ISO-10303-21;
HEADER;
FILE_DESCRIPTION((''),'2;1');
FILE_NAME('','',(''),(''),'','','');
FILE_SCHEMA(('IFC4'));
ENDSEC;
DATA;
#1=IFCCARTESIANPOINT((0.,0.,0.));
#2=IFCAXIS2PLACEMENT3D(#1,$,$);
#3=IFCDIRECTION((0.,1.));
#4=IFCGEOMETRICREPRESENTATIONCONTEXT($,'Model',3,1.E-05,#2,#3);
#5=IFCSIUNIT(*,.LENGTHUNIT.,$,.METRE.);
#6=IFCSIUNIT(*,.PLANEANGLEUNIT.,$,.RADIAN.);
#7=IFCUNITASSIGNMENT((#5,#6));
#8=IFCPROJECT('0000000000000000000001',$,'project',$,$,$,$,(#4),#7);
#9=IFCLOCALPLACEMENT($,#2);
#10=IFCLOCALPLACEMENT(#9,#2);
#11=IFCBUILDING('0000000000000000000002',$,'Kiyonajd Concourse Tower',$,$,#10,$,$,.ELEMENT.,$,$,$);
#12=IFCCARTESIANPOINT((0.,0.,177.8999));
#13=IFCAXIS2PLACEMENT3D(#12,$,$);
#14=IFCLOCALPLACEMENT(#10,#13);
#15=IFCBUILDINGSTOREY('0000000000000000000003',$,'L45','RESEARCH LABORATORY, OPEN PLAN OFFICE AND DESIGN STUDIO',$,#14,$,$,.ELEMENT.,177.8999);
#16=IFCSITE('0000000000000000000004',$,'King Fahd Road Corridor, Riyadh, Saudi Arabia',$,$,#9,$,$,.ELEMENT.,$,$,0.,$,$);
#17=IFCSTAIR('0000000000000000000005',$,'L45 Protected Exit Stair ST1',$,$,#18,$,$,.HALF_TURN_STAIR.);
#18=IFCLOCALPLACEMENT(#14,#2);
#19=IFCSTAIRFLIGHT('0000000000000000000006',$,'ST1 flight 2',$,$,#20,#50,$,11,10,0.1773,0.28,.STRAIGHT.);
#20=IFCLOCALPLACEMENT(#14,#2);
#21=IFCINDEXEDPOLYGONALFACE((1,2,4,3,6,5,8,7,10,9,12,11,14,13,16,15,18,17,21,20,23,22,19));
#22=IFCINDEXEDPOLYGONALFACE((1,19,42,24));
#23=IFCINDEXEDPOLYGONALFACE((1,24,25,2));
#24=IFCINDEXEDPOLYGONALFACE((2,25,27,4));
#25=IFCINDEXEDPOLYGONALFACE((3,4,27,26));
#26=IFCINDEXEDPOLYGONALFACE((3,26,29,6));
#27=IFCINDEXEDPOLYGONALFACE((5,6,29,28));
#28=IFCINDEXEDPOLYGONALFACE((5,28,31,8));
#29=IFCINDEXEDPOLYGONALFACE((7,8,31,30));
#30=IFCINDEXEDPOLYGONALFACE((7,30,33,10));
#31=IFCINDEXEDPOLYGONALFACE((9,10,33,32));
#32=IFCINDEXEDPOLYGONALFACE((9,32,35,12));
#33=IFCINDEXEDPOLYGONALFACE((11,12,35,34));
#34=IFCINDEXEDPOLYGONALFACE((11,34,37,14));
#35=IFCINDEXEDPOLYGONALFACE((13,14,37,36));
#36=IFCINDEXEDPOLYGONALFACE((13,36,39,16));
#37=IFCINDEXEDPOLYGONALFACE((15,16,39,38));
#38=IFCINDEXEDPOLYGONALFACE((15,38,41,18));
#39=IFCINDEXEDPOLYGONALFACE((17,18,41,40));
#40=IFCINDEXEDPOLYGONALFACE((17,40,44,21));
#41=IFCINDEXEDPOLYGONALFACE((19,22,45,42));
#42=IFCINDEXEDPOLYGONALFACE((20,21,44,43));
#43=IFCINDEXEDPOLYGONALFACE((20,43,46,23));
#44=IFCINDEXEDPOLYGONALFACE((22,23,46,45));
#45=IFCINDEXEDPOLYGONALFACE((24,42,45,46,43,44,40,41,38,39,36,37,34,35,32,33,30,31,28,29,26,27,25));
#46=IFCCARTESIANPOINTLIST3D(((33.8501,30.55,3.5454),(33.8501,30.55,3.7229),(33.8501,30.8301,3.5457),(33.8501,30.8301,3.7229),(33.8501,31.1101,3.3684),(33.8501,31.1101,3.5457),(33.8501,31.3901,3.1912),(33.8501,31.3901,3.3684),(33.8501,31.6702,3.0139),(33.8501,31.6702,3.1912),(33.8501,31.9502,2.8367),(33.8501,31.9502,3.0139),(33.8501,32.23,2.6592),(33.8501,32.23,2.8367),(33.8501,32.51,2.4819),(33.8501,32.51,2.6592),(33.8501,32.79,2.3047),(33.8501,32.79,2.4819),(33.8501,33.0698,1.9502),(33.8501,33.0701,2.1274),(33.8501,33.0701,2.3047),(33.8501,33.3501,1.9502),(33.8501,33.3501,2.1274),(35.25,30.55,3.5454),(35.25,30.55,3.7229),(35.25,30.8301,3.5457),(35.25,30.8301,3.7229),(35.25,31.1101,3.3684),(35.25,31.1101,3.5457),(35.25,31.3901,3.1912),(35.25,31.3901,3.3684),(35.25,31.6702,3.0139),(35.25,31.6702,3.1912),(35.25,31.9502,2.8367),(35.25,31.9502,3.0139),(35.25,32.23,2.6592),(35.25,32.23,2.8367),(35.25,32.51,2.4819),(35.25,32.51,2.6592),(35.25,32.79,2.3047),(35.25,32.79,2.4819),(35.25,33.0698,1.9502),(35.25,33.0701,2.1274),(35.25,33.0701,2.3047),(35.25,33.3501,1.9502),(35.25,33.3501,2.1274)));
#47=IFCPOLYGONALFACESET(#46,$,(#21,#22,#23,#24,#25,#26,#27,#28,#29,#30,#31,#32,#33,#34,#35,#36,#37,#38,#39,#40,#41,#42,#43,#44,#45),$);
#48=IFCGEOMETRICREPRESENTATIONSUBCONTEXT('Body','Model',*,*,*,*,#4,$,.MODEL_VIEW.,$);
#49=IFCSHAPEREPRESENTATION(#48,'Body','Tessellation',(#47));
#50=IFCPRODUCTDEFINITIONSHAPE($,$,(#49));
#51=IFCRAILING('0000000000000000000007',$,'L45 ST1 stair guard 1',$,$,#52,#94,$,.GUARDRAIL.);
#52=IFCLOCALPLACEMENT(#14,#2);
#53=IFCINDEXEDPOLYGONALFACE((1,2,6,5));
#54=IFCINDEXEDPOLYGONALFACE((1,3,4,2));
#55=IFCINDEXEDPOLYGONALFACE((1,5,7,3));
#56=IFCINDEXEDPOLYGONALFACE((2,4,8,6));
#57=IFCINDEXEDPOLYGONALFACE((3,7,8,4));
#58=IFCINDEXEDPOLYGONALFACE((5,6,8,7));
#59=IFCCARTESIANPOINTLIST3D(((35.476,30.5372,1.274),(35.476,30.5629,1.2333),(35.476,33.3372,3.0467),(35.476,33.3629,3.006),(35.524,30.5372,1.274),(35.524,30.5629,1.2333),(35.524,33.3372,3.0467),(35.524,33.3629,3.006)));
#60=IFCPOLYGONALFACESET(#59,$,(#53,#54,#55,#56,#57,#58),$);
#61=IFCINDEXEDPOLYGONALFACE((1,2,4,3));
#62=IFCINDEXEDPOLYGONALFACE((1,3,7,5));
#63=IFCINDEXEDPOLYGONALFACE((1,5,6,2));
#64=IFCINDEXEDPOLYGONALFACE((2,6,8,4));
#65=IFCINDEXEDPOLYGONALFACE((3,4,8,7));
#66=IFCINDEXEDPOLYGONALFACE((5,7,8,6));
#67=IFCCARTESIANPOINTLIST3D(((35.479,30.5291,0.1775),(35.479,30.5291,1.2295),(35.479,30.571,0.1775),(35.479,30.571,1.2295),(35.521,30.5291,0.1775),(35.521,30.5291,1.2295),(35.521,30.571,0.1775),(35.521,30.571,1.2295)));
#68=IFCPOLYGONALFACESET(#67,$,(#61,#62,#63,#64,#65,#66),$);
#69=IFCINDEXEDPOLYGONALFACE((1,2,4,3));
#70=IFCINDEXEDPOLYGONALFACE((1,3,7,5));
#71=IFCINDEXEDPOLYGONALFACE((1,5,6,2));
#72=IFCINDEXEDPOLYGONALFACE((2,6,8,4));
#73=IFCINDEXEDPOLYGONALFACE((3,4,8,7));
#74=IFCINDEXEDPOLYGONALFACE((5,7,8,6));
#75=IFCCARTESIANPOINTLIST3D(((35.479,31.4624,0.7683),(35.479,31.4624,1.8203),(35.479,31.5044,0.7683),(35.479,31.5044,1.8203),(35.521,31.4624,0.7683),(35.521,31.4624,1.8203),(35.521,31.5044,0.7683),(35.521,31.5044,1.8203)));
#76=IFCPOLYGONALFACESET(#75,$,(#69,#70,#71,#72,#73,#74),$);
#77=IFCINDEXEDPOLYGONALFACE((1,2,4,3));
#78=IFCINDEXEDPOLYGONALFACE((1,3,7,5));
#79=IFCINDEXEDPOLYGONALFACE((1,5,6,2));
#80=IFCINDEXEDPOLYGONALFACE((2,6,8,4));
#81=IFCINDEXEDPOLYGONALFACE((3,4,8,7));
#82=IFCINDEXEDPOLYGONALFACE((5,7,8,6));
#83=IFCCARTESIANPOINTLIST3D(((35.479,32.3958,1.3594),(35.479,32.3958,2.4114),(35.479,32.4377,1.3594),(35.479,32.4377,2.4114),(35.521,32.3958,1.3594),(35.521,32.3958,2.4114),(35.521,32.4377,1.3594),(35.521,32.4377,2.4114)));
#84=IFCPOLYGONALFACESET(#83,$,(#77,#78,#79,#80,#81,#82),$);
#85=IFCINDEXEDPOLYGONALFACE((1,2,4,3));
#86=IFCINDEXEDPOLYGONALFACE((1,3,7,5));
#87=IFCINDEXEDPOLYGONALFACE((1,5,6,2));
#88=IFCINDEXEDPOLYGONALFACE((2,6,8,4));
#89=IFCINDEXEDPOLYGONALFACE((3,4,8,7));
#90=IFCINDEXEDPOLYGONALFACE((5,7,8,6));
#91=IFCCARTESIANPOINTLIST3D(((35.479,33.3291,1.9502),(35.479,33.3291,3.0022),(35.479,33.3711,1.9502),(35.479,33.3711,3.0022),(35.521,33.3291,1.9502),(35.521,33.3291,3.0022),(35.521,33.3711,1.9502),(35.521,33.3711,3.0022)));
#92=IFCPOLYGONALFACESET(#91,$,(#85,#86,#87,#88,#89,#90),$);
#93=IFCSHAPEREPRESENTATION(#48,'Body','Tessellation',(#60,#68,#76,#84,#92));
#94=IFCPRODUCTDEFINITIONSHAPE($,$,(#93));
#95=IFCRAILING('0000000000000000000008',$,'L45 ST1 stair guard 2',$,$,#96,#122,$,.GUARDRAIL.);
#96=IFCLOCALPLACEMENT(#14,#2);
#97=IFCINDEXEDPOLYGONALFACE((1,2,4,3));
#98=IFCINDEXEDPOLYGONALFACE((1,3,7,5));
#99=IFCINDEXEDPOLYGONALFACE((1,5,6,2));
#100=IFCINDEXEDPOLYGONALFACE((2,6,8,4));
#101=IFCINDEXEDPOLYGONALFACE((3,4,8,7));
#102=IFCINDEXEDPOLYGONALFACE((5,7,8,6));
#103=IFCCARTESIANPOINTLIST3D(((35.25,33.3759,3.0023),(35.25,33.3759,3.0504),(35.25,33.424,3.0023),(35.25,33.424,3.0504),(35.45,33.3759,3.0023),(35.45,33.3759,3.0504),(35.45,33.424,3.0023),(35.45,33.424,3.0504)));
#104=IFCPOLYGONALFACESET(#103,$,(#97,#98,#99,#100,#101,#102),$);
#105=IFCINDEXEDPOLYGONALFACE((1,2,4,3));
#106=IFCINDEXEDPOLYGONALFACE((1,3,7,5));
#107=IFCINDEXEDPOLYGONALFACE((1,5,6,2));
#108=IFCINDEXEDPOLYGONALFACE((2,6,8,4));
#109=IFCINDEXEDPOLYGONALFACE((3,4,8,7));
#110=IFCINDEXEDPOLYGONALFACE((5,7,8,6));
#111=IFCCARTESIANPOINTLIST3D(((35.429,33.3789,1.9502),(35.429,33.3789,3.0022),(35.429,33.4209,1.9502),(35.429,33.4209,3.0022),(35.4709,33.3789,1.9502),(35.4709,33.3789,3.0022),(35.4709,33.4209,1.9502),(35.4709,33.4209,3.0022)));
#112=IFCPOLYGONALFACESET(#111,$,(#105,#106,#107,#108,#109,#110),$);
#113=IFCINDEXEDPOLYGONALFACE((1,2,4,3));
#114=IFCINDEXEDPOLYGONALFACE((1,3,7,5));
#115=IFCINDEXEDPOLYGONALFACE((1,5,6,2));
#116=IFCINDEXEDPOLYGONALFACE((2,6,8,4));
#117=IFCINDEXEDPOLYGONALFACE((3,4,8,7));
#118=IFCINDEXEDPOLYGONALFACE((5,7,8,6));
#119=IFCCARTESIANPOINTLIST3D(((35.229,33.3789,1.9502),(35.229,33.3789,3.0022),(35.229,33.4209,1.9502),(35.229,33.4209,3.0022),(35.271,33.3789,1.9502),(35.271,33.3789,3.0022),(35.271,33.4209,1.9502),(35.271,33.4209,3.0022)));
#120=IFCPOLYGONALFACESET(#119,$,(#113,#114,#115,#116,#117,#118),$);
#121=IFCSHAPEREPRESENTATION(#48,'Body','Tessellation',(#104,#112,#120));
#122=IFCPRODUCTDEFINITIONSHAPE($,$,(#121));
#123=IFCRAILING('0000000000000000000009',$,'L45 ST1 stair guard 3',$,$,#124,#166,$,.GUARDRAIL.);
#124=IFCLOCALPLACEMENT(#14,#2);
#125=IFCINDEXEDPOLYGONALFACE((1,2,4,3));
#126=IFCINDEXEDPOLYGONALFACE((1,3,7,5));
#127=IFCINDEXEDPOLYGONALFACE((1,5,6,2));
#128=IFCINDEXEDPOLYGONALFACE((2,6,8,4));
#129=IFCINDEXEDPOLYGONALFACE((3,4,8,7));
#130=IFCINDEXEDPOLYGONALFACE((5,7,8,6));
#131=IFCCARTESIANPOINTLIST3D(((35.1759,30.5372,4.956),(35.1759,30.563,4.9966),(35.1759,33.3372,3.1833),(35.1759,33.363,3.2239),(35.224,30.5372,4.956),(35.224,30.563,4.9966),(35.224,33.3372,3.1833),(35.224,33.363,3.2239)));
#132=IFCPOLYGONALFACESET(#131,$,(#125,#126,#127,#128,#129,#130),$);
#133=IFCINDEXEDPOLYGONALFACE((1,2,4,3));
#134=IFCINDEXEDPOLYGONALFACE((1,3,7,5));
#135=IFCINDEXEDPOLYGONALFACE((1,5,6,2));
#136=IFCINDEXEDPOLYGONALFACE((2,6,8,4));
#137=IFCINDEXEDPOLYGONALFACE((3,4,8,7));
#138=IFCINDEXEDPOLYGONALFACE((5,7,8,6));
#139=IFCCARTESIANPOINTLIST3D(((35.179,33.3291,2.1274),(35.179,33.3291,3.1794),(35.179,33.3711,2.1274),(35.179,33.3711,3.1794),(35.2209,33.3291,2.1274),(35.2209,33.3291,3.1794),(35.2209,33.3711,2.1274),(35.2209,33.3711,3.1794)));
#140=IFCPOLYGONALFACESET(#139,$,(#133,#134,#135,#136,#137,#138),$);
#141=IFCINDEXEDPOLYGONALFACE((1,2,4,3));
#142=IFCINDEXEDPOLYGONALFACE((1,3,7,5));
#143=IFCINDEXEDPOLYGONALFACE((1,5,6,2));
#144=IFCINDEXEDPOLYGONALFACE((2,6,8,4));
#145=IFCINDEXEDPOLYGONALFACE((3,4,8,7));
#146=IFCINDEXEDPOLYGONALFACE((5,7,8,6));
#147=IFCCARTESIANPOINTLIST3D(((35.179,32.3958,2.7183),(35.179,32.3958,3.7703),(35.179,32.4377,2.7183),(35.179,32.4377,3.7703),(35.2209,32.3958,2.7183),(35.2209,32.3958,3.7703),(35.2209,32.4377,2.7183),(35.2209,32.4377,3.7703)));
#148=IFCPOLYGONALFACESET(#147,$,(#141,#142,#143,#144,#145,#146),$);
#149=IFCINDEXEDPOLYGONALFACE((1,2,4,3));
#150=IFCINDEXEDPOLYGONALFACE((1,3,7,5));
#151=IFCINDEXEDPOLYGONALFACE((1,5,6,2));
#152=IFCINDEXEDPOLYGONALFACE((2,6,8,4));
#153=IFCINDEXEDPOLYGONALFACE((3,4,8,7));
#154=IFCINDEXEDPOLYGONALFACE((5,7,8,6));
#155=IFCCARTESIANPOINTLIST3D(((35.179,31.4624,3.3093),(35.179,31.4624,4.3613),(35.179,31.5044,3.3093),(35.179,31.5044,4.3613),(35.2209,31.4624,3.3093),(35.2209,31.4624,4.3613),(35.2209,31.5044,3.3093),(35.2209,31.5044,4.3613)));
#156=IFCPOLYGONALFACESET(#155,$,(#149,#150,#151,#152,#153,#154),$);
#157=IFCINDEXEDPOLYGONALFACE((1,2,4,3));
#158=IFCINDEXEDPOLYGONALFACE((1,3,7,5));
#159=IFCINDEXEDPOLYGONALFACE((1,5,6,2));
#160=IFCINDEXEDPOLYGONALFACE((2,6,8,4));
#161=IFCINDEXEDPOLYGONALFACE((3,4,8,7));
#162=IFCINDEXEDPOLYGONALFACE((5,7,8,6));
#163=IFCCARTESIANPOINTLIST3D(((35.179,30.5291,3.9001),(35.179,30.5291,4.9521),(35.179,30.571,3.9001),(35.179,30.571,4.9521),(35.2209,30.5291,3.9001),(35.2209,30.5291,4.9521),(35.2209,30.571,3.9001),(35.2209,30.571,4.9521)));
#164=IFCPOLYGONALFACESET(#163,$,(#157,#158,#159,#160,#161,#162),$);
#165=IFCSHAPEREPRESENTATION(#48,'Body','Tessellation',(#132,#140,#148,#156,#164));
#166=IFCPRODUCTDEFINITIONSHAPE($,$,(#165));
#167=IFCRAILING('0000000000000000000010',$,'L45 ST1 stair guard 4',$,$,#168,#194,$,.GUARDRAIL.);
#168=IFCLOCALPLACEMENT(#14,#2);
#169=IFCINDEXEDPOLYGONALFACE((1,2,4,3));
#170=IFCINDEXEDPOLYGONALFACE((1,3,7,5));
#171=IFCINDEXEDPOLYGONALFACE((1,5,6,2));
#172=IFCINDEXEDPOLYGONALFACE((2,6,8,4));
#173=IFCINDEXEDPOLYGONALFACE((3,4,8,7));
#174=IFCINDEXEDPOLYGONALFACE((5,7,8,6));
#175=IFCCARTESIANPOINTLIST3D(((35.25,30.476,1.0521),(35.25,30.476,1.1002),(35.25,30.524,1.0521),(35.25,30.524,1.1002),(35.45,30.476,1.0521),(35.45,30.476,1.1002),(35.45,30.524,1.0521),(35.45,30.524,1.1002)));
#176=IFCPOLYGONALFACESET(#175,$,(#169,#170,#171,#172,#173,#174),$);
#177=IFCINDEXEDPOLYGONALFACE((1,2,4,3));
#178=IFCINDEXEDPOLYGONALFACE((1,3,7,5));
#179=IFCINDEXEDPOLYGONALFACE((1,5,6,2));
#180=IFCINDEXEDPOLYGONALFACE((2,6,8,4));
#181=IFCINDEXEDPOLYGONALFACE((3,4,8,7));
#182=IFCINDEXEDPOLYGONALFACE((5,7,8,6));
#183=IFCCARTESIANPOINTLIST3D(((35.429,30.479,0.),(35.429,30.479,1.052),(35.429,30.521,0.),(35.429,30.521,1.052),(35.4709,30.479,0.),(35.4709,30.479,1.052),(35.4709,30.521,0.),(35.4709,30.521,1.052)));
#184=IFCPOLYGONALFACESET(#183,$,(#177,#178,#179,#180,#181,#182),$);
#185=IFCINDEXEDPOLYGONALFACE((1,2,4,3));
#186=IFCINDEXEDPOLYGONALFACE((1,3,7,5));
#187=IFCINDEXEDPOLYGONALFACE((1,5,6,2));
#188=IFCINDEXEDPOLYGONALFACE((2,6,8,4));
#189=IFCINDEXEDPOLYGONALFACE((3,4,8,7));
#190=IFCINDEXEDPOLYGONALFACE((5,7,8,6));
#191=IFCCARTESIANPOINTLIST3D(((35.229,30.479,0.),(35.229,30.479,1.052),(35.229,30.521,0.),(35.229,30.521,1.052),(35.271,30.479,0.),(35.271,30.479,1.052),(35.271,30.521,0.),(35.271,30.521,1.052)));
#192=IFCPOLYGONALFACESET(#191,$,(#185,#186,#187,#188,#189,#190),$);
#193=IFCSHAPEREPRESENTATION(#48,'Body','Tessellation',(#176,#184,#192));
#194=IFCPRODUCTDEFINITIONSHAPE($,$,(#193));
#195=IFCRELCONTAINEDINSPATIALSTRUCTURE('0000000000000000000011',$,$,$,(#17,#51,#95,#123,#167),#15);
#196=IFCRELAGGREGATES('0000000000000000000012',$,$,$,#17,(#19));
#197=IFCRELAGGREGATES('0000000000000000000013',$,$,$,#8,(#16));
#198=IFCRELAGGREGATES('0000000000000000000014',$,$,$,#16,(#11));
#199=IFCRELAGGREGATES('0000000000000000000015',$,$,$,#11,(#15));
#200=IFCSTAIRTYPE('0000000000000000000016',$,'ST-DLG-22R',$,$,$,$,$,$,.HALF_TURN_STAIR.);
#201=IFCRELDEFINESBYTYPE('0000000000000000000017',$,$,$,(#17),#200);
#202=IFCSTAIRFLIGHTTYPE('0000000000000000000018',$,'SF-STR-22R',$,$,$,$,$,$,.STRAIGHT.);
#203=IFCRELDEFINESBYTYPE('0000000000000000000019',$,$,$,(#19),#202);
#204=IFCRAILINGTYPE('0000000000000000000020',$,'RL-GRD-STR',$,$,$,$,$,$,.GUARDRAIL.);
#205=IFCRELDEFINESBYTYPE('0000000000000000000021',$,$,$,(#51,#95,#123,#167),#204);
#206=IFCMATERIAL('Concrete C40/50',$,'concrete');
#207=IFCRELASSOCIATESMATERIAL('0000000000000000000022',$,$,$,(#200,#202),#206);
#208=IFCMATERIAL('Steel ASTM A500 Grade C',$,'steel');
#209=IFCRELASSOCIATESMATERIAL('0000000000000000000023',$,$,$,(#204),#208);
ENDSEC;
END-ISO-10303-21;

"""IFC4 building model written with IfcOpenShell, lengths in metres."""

from ifc_helpers import new_model, si_unit, direction, frame, origin, origin_2d, place, context, subcontext, project, spatial, polyline, rectangle, outline, extrude, material, type_object, element, aggregate, save


model = new_model("IFC4")

# Units and contexts
model_context = context("Model", 3, precision=1e-05, world=origin(), true_north=direction((0.0, 1.0)))
body_context = subcontext(model_context, "Body", "Model", "MODEL_VIEW")
ifc_project = project(units=[si_unit("LENGTHUNIT", "METRE"), si_unit("PLANEANGLEUNIT", "RADIAN")], contexts=[model_context])

# Site, building, storey
site_placement = place(None, origin())
site = spatial("IfcSite", under=ifc_project, at=site_placement, Name="King Fahd Road Corridor, Riyadh, Saudi Arabia", CompositionType="ELEMENT", RefElevation=0.0)
building_placement = place(site_placement, origin())
building = spatial("IfcBuilding", under=site, at=building_placement, Name="Kiyonajd Concourse Tower", CompositionType="ELEMENT")
storey_placement = place(building_placement, frame((0.0, 0.0, 177.8999)))
storey = spatial("IfcBuildingStorey", under=building, at=storey_placement, Name="L45", Description="RESEARCH LABORATORY, OPEN PLAN OFFICE AND DESIGN STUDIO", CompositionType="ELEMENT", Elevation=177.8999)

# Stair, stair flight
ifc_material_1 = material(Name="Concrete C40/50", Category="concrete")
stair_type = type_object("IfcStairType", Name="ST-DLG-22R", PredefinedType="HALF_TURN_STAIR", material=ifc_material_1)
stair_placement = place(storey_placement, origin())
stair = element("IfcStair", 1, at=stair_placement, inside=storey, type_object=stair_type, Name="L45 Protected Exit Stair ST1", PredefinedType="HALF_TURN_STAIR")
stair_flight_type = type_object("IfcStairFlightType", Name="SF-STR-22R", PredefinedType="STRAIGHT", material=ifc_material_1)
stair_flight_1_placement = place(storey_placement, frame((34.55, 33.3501, 1.9502), z_axis=(0.0, 0.0, 1.0), x_axis=(0.0, -1.0, 0.0)))
stair_flight_1 = element("IfcStairFlight", 2, at=stair_flight_1_placement, type_object=stair_flight_type, Name="ST1 flight 2", NumberOfRisers=11, NumberOfTreads=10, PredefinedType="STRAIGHT", RiserHeight=0.1773, TreadLength=0.28, context=body_context, shape_type="SweptSolid", body=[
    extrude(outline(polyline([(0.0, 0.0), (0.0, 0.1772), (0.28, 0.1772), (0.28, 0.3545), (0.5601, 0.3545), (0.5601, 0.5317), (0.8401, 0.5317), (0.8401, 0.709), (1.1201, 0.709), (1.1201, 0.8865), (1.3999, 0.8865), (1.3999, 1.0637), (1.6799, 1.0637), (1.6799, 1.241), (1.96, 1.241), (1.96, 1.4182), (2.24, 1.4182), (2.24, 1.5955), (2.52, 1.5955), (2.52, 1.7727), (2.8, 1.7727), (2.8, 1.95), (2.8, 1.5952), (0.2803, 0.0), (0.0, 0.0)])), frame((0.0, 0.7, 0.0), z_axis=(0.0, -1.0, 0.0), x_axis=(1.0, 0.0, 0.0)), (0.0, 0.0, 1.0), 1.3999),
])
aggregate(stair, [stair_flight_1])

# Railings
ifc_material_2 = material(Name="Steel ASTM A500 Grade C", Category="steel")
railing_type_1 = type_object("IfcRailingType", Name="RL-GRD-STR", PredefinedType="GUARDRAIL", material=ifc_material_2)
railing_1_placement = place(storey_placement, frame((35.5, 30.55, 0.1775)))
element("IfcRailing", 3, at=railing_1_placement, inside=storey, type_object=railing_type_1, Name="L45 ST1 stair guard 1", PredefinedType="GUARDRAIL", context=body_context, shape_type="SweptSolid", body=[
    extrude(rectangle(XDim=0.0481, YDim=0.0481, at=origin_2d()), frame((0.0, 0.0, 1.0762), z_axis=(0.0, 0.844909, 0.53491), x_axis=(-1.0, 0.0, 0.0)), (0.0, 0.0, 1.0), 3.314),
    extrude(rectangle(XDim=0.042, YDim=0.042, at=origin_2d()), origin(), (0.0, 0.0, 1.0), 1.052),
    extrude(rectangle(XDim=0.042, YDim=0.042, at=origin_2d()), frame((0.0, 0.9333, 0.5908)), (0.0, 0.0, 1.0), 1.052),
    extrude(rectangle(XDim=0.042, YDim=0.042, at=origin_2d()), frame((0.0, 1.8667, 1.1819)), (0.0, 0.0, 1.0), 1.052),
    extrude(rectangle(XDim=0.042, YDim=0.042, at=origin_2d()), frame((0.0, 2.8, 1.7727)), (0.0, 0.0, 1.0), 1.052),
])
railing_2_placement = place(storey_placement, frame((35.45, 33.3999, 1.9502)))
element("IfcRailing", 4, at=railing_2_placement, inside=storey, type_object=railing_type_1, Name="L45 ST1 stair guard 2", PredefinedType="GUARDRAIL", context=body_context, shape_type="SweptSolid", body=[
    extrude(rectangle(XDim=0.0481, YDim=0.0481, at=origin_2d()), frame((0.0, 0.0, 1.0762), z_axis=(-1.0, 0.0, 0.0), x_axis=(0.0, -1.0, 0.0)), (0.0, 0.0, 1.0), 0.2),
    extrude(rectangle(XDim=0.042, YDim=0.042, at=origin_2d()), origin(), (0.0, 0.0, 1.0), 1.052),
    extrude(rectangle(XDim=0.042, YDim=0.042, at=origin_2d()), frame((-0.2, 0.0, 0.0)), (0.0, 0.0, 1.0), 1.052),
])
railing_3_placement = place(storey_placement, frame((35.2, 33.3501, 2.1274)))
element("IfcRailing", 5, at=railing_3_placement, inside=storey, type_object=railing_type_1, Name="L45 ST1 stair guard 3", PredefinedType="GUARDRAIL", context=body_context, shape_type="SweptSolid", body=[
    extrude(rectangle(XDim=0.0481, YDim=0.0481, at=origin_2d()), frame((0.0, 0.0, 1.0762), z_axis=(0.0, -0.844909, 0.53491), x_axis=(1.0, 0.0, 0.0)), (0.0, 0.0, 1.0), 3.314),
    extrude(rectangle(XDim=0.042, YDim=0.042, at=origin_2d()), origin(), (0.0, 0.0, 1.0), 1.052),
    extrude(rectangle(XDim=0.042, YDim=0.042, at=origin_2d()), frame((0.0, -0.9333, 0.5908)), (0.0, 0.0, 1.0), 1.052),
    extrude(rectangle(XDim=0.042, YDim=0.042, at=origin_2d()), frame((0.0, -1.8667, 1.1819)), (0.0, 0.0, 1.0), 1.052),
    extrude(rectangle(XDim=0.042, YDim=0.042, at=origin_2d()), frame((0.0, -2.8, 1.7727)), (0.0, 0.0, 1.0), 1.052),
])
railing_4_placement = place(storey_placement, frame((35.45, 30.5, 0.0)))
element("IfcRailing", 6, at=railing_4_placement, inside=storey, type_object=railing_type_1, Name="L45 ST1 stair guard 4", PredefinedType="GUARDRAIL", context=body_context, shape_type="SweptSolid", body=[
    extrude(rectangle(XDim=0.0481, YDim=0.0481, at=origin_2d()), frame((0.0, 0.0, 1.0762), z_axis=(-1.0, 0.0, 0.0), x_axis=(0.0, -1.0, 0.0)), (0.0, 0.0, 1.0), 0.2),
    extrude(rectangle(XDim=0.042, YDim=0.042, at=origin_2d()), origin(), (0.0, 0.0, 1.0), 1.052),
    extrude(rectangle(XDim=0.042, YDim=0.042, at=origin_2d()), frame((-0.2, 0.0, 0.0)), (0.0, 0.0, 1.0), 1.052),
])

save(model, "model.ifc")
